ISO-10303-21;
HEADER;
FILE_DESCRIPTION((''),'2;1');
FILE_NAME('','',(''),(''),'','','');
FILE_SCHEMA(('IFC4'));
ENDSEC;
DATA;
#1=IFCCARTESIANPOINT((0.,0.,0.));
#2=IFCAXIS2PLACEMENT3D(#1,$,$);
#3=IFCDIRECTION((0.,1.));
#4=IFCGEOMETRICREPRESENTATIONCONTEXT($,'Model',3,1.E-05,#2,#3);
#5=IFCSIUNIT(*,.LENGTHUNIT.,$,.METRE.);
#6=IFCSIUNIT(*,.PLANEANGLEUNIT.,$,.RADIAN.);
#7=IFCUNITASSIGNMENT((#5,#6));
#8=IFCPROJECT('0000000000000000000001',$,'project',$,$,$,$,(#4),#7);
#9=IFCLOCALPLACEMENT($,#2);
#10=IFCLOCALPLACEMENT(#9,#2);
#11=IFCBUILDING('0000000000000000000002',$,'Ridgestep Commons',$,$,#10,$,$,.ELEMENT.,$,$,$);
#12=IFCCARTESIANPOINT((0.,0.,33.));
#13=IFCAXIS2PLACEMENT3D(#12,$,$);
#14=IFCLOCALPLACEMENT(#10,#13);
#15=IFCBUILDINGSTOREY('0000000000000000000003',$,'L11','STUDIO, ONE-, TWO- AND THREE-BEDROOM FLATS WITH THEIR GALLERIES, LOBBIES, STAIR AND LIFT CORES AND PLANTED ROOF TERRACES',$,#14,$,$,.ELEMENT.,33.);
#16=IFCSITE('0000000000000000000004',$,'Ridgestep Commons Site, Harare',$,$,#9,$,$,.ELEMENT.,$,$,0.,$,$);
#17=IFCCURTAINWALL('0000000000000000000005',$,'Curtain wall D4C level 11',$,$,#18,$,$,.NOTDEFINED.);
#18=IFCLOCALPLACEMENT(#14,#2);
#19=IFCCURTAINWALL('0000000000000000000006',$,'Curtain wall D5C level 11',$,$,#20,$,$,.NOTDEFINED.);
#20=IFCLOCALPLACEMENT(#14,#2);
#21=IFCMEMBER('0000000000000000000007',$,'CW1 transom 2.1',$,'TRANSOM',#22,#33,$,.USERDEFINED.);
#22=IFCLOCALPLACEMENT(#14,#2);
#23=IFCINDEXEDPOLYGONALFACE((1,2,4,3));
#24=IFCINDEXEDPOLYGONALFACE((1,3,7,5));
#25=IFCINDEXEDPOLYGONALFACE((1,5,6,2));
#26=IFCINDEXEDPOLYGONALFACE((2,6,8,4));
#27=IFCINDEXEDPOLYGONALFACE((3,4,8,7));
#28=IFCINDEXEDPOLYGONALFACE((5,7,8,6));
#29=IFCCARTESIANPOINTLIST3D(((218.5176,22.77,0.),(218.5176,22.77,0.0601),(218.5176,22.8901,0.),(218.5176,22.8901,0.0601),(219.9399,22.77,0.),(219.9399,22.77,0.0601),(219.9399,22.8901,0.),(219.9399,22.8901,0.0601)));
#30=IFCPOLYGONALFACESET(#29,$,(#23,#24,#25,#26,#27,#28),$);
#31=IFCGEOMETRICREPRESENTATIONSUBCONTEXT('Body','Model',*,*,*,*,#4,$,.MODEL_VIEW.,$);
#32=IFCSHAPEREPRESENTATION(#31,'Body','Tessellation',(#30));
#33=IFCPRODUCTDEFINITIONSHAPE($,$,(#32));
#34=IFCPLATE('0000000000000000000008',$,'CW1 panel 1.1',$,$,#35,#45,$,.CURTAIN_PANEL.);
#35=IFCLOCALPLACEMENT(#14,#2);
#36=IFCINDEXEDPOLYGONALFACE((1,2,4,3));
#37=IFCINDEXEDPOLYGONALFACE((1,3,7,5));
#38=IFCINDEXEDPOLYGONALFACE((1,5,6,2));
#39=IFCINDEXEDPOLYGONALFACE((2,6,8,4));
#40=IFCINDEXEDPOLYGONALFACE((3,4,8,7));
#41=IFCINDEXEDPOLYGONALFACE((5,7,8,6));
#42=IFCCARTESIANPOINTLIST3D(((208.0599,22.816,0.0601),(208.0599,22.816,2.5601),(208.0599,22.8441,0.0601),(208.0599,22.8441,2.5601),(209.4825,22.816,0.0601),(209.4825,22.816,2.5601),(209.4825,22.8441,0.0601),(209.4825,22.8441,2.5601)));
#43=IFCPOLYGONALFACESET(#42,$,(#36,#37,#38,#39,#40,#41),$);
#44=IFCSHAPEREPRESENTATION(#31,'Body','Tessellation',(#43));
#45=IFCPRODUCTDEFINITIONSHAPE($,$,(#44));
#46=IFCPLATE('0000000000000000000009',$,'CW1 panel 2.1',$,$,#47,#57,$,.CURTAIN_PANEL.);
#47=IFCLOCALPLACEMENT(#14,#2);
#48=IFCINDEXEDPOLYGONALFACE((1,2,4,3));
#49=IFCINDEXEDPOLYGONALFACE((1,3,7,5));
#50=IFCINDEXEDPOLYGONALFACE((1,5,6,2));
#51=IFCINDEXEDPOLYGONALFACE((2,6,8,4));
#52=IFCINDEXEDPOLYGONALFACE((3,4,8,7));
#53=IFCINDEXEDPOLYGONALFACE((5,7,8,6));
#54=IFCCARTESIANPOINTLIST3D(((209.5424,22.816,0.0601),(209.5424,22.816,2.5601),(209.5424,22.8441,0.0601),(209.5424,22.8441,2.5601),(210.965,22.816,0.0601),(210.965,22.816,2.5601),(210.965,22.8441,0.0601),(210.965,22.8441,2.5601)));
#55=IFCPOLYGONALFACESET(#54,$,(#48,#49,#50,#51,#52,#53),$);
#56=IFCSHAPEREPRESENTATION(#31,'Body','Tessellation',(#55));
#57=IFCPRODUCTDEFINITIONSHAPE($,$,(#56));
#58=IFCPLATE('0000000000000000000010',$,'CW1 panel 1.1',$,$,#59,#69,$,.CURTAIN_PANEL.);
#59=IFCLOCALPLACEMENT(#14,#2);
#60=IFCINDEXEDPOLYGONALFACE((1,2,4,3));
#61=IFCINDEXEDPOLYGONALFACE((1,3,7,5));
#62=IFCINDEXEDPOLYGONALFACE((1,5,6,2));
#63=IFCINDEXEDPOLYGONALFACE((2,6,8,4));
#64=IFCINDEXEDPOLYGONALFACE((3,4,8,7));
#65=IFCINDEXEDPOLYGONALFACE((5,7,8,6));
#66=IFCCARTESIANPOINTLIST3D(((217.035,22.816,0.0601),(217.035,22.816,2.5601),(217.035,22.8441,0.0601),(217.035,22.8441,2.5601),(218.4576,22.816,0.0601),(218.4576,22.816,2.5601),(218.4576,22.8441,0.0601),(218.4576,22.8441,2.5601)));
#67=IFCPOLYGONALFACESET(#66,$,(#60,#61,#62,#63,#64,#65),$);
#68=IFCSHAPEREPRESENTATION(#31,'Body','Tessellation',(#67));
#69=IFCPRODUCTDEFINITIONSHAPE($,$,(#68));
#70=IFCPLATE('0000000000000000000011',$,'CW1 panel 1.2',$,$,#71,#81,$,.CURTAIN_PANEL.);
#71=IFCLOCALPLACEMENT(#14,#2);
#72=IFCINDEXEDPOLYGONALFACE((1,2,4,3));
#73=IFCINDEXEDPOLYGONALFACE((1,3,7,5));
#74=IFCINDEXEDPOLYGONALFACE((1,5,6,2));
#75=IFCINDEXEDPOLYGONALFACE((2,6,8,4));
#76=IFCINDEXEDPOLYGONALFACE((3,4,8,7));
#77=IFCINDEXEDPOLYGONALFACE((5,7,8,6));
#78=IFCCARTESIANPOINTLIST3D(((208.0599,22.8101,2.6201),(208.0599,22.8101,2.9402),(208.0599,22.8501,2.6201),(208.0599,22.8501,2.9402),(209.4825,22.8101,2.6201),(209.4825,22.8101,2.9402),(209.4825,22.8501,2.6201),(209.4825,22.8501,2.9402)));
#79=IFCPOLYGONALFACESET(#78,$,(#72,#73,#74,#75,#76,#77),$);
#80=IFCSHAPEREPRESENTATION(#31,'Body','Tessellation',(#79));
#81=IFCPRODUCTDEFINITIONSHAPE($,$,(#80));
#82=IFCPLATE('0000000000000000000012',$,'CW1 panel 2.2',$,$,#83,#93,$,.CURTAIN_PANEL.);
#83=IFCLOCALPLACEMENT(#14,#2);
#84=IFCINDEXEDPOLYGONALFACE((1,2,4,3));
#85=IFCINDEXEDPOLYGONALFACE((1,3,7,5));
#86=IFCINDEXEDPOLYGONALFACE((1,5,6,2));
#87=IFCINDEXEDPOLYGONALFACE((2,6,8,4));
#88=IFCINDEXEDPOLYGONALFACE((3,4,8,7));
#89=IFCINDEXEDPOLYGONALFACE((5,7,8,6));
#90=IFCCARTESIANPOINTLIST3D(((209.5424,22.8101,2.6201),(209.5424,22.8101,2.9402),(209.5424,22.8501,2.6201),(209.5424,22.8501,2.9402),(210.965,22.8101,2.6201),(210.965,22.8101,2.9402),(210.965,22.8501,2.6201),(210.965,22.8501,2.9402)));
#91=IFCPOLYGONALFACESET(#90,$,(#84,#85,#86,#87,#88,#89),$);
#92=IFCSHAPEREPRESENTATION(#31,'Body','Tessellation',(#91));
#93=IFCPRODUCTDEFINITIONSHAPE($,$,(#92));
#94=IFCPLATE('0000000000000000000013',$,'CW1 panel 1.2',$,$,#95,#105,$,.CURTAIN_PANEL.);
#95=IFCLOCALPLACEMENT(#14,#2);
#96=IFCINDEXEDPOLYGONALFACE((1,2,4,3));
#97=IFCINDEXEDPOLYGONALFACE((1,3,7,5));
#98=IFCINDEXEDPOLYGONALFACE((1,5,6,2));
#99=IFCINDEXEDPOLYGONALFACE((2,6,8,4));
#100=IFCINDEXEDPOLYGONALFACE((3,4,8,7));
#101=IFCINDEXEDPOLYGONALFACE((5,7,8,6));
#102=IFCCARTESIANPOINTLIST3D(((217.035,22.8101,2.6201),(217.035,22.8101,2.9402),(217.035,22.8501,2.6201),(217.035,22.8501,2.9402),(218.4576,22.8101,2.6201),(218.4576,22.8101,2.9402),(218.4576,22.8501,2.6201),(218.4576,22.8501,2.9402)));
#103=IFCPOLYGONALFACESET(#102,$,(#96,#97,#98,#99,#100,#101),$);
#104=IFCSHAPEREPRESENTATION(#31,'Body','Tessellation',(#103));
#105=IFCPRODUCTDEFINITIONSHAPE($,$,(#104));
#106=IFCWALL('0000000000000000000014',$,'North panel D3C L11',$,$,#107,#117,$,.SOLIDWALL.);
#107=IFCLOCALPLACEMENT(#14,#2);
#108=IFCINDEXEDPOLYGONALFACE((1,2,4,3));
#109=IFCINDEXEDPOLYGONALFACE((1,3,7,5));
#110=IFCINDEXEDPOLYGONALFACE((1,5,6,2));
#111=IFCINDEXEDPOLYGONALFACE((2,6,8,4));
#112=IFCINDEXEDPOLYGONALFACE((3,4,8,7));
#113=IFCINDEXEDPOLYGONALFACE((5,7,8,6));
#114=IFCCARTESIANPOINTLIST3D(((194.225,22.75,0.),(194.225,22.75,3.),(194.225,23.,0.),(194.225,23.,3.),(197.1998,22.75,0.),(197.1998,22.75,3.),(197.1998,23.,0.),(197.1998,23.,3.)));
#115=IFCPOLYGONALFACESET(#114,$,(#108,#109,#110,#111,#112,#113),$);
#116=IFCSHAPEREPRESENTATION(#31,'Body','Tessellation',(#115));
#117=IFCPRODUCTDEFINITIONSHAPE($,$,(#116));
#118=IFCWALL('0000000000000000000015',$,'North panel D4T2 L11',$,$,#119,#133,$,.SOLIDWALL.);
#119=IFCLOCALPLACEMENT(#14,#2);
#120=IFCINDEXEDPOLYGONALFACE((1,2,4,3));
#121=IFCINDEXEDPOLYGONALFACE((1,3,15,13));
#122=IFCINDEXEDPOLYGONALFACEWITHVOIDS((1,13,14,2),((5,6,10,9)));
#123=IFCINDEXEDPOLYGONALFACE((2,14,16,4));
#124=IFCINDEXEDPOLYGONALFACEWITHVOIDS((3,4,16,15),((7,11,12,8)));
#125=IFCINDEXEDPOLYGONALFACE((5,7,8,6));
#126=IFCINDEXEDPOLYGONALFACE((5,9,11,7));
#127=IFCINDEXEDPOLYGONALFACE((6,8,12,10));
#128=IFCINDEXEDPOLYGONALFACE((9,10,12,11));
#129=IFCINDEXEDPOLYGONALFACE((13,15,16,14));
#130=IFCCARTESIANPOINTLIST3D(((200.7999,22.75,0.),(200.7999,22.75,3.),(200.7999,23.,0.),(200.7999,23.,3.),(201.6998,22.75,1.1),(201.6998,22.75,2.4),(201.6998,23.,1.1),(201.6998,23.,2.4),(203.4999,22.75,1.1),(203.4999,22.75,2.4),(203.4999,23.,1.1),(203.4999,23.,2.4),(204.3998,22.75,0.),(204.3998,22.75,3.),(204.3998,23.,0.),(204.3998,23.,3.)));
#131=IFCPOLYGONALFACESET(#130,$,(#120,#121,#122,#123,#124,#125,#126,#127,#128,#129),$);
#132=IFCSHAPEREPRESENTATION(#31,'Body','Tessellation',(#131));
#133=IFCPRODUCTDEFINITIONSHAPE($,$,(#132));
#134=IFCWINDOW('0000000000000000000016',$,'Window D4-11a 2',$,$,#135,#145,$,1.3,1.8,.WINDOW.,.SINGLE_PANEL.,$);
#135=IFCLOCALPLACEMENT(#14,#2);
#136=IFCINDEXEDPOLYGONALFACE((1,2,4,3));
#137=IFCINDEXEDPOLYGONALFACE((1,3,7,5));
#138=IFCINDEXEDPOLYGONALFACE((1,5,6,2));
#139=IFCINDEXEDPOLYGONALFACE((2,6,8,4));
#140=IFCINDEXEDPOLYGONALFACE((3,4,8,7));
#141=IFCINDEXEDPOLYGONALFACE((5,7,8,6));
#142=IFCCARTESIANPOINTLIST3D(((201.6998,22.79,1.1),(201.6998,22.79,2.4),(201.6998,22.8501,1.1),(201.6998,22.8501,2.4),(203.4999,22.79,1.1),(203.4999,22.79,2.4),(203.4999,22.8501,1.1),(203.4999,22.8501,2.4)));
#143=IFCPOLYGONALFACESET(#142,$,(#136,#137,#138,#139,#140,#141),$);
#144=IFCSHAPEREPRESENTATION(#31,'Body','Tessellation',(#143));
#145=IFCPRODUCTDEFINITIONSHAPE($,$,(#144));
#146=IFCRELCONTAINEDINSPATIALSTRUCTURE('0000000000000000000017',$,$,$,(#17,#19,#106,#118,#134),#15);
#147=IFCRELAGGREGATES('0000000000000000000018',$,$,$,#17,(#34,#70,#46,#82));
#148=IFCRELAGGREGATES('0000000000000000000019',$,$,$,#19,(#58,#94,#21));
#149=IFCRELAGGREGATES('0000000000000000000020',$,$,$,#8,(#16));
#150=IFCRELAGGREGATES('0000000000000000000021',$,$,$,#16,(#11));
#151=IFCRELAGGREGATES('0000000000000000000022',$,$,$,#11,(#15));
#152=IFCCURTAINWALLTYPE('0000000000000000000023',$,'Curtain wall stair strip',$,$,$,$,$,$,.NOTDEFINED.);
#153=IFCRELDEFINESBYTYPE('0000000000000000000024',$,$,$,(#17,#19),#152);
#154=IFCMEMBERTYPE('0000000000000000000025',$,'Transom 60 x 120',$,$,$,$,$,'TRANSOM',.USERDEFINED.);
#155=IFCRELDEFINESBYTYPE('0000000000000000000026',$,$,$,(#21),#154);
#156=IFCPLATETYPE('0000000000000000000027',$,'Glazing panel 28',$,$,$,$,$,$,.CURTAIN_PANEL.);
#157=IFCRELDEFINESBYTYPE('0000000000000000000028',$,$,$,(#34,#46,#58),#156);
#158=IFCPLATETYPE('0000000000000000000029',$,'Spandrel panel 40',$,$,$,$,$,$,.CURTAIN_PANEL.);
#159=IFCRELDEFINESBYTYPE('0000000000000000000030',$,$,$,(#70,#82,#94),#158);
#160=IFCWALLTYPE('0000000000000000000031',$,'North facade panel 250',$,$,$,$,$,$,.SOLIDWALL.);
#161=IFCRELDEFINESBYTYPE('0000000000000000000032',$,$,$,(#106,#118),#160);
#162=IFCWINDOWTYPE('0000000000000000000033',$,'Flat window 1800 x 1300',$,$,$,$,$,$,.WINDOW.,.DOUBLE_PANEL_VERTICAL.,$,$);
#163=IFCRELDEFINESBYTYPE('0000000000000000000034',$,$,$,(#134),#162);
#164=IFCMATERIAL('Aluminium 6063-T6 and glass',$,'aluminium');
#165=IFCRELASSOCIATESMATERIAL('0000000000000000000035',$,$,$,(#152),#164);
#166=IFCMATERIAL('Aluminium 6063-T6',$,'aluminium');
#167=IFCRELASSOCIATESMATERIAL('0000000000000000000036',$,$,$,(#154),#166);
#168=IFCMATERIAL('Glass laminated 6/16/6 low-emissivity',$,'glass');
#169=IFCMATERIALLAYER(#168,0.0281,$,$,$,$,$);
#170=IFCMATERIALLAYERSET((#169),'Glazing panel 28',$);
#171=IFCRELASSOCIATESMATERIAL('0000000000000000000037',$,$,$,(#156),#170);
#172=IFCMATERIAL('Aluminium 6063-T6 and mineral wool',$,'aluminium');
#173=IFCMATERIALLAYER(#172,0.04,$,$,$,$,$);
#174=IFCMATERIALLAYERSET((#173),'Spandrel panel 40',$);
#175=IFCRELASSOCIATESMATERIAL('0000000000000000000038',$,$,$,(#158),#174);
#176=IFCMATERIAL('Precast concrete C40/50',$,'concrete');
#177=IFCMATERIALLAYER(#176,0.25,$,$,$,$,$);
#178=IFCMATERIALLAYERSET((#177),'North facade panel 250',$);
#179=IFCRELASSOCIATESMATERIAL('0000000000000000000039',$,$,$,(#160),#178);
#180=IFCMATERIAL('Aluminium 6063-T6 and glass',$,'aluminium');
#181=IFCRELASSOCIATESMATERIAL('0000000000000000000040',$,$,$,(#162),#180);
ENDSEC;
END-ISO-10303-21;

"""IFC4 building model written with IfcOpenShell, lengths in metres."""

from ifc_helpers import new_model, si_unit, direction, frame, frame_2d, origin, origin_2d, place, context, subcontext, project, spatial, rectangle, extrude, material, layer, layer_set, material_profile, profile_set, type_object, element, fill, aggregate, save


model = new_model("IFC4")

# Units and contexts
model_context = context("Model", 3, precision=1e-05, world=origin(), true_north=direction((0.0, 1.0)))
body_context = subcontext(model_context, "Body", "Model", "MODEL_VIEW")
ifc_project = project(units=[si_unit("LENGTHUNIT", "METRE"), si_unit("PLANEANGLEUNIT", "RADIAN")], contexts=[model_context])

# Site, building, storey
site_placement = place(None, origin())
site = spatial("IfcSite", under=ifc_project, at=site_placement, Name="Ridgestep Commons Site, Harare", CompositionType="ELEMENT", RefElevation=0.0)
building_placement = place(site_placement, origin())
building = spatial("IfcBuilding", under=site, at=building_placement, Name="Ridgestep Commons", CompositionType="ELEMENT")
storey_placement = place(building_placement, frame((0.0, 0.0, 33.0)))
storey = spatial("IfcBuildingStorey", under=building, at=storey_placement, Name="L11", Description="STUDIO, ONE-, TWO- AND THREE-BEDROOM FLATS WITH THEIR GALLERIES, LOBBIES, STAIR AND LIFT CORES AND PLANTED ROOF TERRACES", CompositionType="ELEMENT", Elevation=33.0)

# Shared definitions
ifc_material_1 = material(Name="Aluminium 6063-T6 and glass", Category="aluminium")
curtain_wall_type = type_object("IfcCurtainWallType", Name="Curtain wall stair strip", PredefinedType="NOTDEFINED", material=ifc_material_1)

# Curtain walls
curtain_wall_1_placement = place(storey_placement, origin())
curtain_wall_1 = element("IfcCurtainWall", 1, at=curtain_wall_1_placement, inside=storey, type_object=curtain_wall_type, Name="Curtain wall D4C level 11", PredefinedType="NOTDEFINED")
curtain_wall_2_placement = place(storey_placement, origin())
curtain_wall_2 = element("IfcCurtainWall", 2, at=curtain_wall_2_placement, inside=storey, type_object=curtain_wall_type, Name="Curtain wall D5C level 11", PredefinedType="NOTDEFINED")

# Member
ifc_material_2 = material(Name="Aluminium 6063-T6", Category="aluminium")
ifc_material_profile_1 = material_profile(ifc_material_2, rectangle(XDim=0.1201, YDim=0.0601, at=origin_2d()), Name="Transom 60 x 120")
ifc_profile_set_1 = profile_set([ifc_material_profile_1], Name="Aluminium 6063-T6")
member_type_1 = type_object("IfcMemberType", Name="Transom 60 x 120", ElementType="TRANSOM", PredefinedType="USERDEFINED", material=ifc_profile_set_1)
member_1_placement = place(storey_placement, frame((218.5176, 22.8301, 0.03), z_axis=(1.0, 0.0, 0.0), x_axis=(0.0, 1.0, 0.0)))
member_1 = element("IfcMember", 3, at=member_1_placement, type_object=member_type_1, Name="CW1 transom 2.1", ObjectType="TRANSOM", PredefinedType="USERDEFINED", context=body_context, shape_type="SweptSolid", body=[
    extrude(rectangle(XDim=0.1201, YDim=0.0601, at=origin_2d()), origin(), (0.0, 0.0, 1.0), 1.4224),
])

# Plates
ifc_material_3 = material(Name="Glass laminated 6/16/6 low-emissivity", Category="glass")
ifc_layer_1 = layer(ifc_material_3, 0.0281)
ifc_layer_set_1 = layer_set([ifc_layer_1], Name="Glazing panel 28")
plate_type_1 = type_object("IfcPlateType", Name="Glazing panel 28", PredefinedType="CURTAIN_PANEL", material=ifc_layer_set_1)
plate_1_placement = place(storey_placement, frame((208.7712, 22.8301, 0.0601), z_axis=(0.0, 0.0, 1.0), x_axis=(1.0, 0.0, 0.0)))
plate_1 = element("IfcPlate", 4, at=plate_1_placement, type_object=plate_type_1, Name="CW1 panel 1.1", PredefinedType="CURTAIN_PANEL", context=body_context, shape_type="SweptSolid", body=[
    extrude(rectangle(XDim=1.4226, YDim=0.0281, at=origin_2d()), origin(), (0.0, 0.0, 1.0), 2.5),
])
plate_2_placement = place(storey_placement, frame((210.2537, 22.8301, 0.0601), z_axis=(0.0, 0.0, 1.0), x_axis=(1.0, 0.0, 0.0)))
plate_2 = element("IfcPlate", 5, at=plate_2_placement, type_object=plate_type_1, Name="CW1 panel 2.1", PredefinedType="CURTAIN_PANEL", context=body_context, shape_type="SweptSolid", body=[
    extrude(rectangle(XDim=1.4226, YDim=0.0281, at=origin_2d()), origin(), (0.0, 0.0, 1.0), 2.5),
])
plate_3_placement = place(storey_placement, frame((217.7463, 22.8301, 0.0601), z_axis=(0.0, 0.0, 1.0), x_axis=(1.0, 0.0, 0.0)))
plate_3 = element("IfcPlate", 6, at=plate_3_placement, type_object=plate_type_1, Name="CW1 panel 1.1", PredefinedType="CURTAIN_PANEL", context=body_context, shape_type="SweptSolid", body=[
    extrude(rectangle(XDim=1.4226, YDim=0.0281, at=origin_2d()), origin(), (0.0, 0.0, 1.0), 2.5),
])
ifc_material_4 = material(Name="Aluminium 6063-T6 and mineral wool", Category="aluminium")
ifc_layer_2 = layer(ifc_material_4, 0.04)
ifc_layer_set_2 = layer_set([ifc_layer_2], Name="Spandrel panel 40")
plate_type_2 = type_object("IfcPlateType", Name="Spandrel panel 40", PredefinedType="CURTAIN_PANEL", material=ifc_layer_set_2)
plate_4_placement = place(storey_placement, frame((208.7712, 22.8301, 2.6201), z_axis=(0.0, 0.0, 1.0), x_axis=(1.0, 0.0, 0.0)))
plate_4 = element("IfcPlate", 7, at=plate_4_placement, type_object=plate_type_2, Name="CW1 panel 1.2", PredefinedType="CURTAIN_PANEL", context=body_context, shape_type="SweptSolid", body=[
    extrude(rectangle(XDim=1.4226, YDim=0.04, at=origin_2d()), origin(), (0.0, 0.0, 1.0), 0.3201),
])
plate_5_placement = place(storey_placement, frame((210.2537, 22.8301, 2.6201), z_axis=(0.0, 0.0, 1.0), x_axis=(1.0, 0.0, 0.0)))
plate_5 = element("IfcPlate", 8, at=plate_5_placement, type_object=plate_type_2, Name="CW1 panel 2.2", PredefinedType="CURTAIN_PANEL", context=body_context, shape_type="SweptSolid", body=[
    extrude(rectangle(XDim=1.4226, YDim=0.04, at=origin_2d()), origin(), (0.0, 0.0, 1.0), 0.3201),
])
aggregate(curtain_wall_1, [plate_1, plate_4, plate_2, plate_5])
plate_6_placement = place(storey_placement, frame((217.7463, 22.8301, 2.6201), z_axis=(0.0, 0.0, 1.0), x_axis=(1.0, 0.0, 0.0)))
plate_6 = element("IfcPlate", 9, at=plate_6_placement, type_object=plate_type_2, Name="CW1 panel 1.2", PredefinedType="CURTAIN_PANEL", context=body_context, shape_type="SweptSolid", body=[
    extrude(rectangle(XDim=1.4226, YDim=0.04, at=origin_2d()), origin(), (0.0, 0.0, 1.0), 0.3201),
])
aggregate(curtain_wall_2, [plate_3, plate_6, member_1])

# Wall
ifc_material_5 = material(Name="Precast concrete C40/50", Category="concrete")
ifc_layer_3 = layer(ifc_material_5, 0.25)
ifc_layer_set_3 = layer_set([ifc_layer_3], Name="North facade panel 250")
wall_type_1 = type_object("IfcWallType", Name="North facade panel 250", PredefinedType="SOLIDWALL", material=ifc_layer_set_3)
wall_1_placement = place(storey_placement, frame((194.2251, 22.875, 0.0), z_axis=(0.0, 0.0, 1.0), x_axis=(1.0, 0.0, 0.0)))
element("IfcWall", 10, at=wall_1_placement, inside=storey, type_object=wall_type_1, Name="North panel D3C L11", PredefinedType="SOLIDWALL", context=body_context, shape_type="SweptSolid", body=[
    extrude(rectangle(XDim=2.9749, YDim=0.25, at=frame_2d((1.4873, 0.0))), origin(), (0.0, 0.0, 1.0), 3.0),
])

# Wall, opening, window
wall_2_placement = place(storey_placement, frame((200.8, 22.875, 0.0), z_axis=(0.0, 0.0, 1.0), x_axis=(1.0, 0.0, 0.0)))
wall_2 = element("IfcWall", 11, at=wall_2_placement, inside=storey, type_object=wall_type_1, Name="North panel D4T2 L11", PredefinedType="SOLIDWALL", context=body_context, shape_type="SweptSolid", body=[
    extrude(rectangle(XDim=3.5999, YDim=0.25, at=frame_2d((1.7998, 0.0))), origin(), (0.0, 0.0, 1.0), 3.0),
])
opening_1_placement = place(wall_2_placement, frame((0.8999, 0.0, 1.1001)))
opening_1 = element("IfcOpeningElement", 12, at=opening_1_placement, cuts=wall_2, PredefinedType="OPENING", context=body_context, shape_type="SweptSolid", body=[
    extrude(rectangle(XDim=1.8, YDim=1.3, at=frame_2d((0.8999, 0.6499))), frame((0.0, 0.135, 0.0), z_axis=(0.0, -1.0, 0.0), x_axis=(1.0, 0.0, 0.0)), (0.0, 0.0, 1.0), 0.27),
])
ifc_material_6 = material(Name="Aluminium 6063-T6 and glass", Category="aluminium")
window_type_1 = type_object("IfcWindowType", Name="Flat window 1800 x 1300", PartitioningType="DOUBLE_PANEL_VERTICAL", PredefinedType="WINDOW", material=ifc_material_6)
window_1_placement = place(opening_1_placement, origin())
window_1 = element("IfcWindow", 13, at=window_1_placement, inside=storey, type_object=window_type_1, Name="Window D4-11a 2", OverallHeight=1.3, OverallWidth=1.8, PartitioningType="SINGLE_PANEL", PredefinedType="WINDOW", context=body_context, shape_type="SweptSolid", body=[
    extrude(rectangle(XDim=1.8, YDim=1.3, at=frame_2d((0.8999, 0.6499))), frame((0.0, -0.0249, 0.0), z_axis=(0.0, -1.0, 0.0), x_axis=(1.0, 0.0, 0.0)), (0.0, 0.0, 1.0), 0.0601),
])
fill(opening_1, window_1)

save(model, "model.ifc")
